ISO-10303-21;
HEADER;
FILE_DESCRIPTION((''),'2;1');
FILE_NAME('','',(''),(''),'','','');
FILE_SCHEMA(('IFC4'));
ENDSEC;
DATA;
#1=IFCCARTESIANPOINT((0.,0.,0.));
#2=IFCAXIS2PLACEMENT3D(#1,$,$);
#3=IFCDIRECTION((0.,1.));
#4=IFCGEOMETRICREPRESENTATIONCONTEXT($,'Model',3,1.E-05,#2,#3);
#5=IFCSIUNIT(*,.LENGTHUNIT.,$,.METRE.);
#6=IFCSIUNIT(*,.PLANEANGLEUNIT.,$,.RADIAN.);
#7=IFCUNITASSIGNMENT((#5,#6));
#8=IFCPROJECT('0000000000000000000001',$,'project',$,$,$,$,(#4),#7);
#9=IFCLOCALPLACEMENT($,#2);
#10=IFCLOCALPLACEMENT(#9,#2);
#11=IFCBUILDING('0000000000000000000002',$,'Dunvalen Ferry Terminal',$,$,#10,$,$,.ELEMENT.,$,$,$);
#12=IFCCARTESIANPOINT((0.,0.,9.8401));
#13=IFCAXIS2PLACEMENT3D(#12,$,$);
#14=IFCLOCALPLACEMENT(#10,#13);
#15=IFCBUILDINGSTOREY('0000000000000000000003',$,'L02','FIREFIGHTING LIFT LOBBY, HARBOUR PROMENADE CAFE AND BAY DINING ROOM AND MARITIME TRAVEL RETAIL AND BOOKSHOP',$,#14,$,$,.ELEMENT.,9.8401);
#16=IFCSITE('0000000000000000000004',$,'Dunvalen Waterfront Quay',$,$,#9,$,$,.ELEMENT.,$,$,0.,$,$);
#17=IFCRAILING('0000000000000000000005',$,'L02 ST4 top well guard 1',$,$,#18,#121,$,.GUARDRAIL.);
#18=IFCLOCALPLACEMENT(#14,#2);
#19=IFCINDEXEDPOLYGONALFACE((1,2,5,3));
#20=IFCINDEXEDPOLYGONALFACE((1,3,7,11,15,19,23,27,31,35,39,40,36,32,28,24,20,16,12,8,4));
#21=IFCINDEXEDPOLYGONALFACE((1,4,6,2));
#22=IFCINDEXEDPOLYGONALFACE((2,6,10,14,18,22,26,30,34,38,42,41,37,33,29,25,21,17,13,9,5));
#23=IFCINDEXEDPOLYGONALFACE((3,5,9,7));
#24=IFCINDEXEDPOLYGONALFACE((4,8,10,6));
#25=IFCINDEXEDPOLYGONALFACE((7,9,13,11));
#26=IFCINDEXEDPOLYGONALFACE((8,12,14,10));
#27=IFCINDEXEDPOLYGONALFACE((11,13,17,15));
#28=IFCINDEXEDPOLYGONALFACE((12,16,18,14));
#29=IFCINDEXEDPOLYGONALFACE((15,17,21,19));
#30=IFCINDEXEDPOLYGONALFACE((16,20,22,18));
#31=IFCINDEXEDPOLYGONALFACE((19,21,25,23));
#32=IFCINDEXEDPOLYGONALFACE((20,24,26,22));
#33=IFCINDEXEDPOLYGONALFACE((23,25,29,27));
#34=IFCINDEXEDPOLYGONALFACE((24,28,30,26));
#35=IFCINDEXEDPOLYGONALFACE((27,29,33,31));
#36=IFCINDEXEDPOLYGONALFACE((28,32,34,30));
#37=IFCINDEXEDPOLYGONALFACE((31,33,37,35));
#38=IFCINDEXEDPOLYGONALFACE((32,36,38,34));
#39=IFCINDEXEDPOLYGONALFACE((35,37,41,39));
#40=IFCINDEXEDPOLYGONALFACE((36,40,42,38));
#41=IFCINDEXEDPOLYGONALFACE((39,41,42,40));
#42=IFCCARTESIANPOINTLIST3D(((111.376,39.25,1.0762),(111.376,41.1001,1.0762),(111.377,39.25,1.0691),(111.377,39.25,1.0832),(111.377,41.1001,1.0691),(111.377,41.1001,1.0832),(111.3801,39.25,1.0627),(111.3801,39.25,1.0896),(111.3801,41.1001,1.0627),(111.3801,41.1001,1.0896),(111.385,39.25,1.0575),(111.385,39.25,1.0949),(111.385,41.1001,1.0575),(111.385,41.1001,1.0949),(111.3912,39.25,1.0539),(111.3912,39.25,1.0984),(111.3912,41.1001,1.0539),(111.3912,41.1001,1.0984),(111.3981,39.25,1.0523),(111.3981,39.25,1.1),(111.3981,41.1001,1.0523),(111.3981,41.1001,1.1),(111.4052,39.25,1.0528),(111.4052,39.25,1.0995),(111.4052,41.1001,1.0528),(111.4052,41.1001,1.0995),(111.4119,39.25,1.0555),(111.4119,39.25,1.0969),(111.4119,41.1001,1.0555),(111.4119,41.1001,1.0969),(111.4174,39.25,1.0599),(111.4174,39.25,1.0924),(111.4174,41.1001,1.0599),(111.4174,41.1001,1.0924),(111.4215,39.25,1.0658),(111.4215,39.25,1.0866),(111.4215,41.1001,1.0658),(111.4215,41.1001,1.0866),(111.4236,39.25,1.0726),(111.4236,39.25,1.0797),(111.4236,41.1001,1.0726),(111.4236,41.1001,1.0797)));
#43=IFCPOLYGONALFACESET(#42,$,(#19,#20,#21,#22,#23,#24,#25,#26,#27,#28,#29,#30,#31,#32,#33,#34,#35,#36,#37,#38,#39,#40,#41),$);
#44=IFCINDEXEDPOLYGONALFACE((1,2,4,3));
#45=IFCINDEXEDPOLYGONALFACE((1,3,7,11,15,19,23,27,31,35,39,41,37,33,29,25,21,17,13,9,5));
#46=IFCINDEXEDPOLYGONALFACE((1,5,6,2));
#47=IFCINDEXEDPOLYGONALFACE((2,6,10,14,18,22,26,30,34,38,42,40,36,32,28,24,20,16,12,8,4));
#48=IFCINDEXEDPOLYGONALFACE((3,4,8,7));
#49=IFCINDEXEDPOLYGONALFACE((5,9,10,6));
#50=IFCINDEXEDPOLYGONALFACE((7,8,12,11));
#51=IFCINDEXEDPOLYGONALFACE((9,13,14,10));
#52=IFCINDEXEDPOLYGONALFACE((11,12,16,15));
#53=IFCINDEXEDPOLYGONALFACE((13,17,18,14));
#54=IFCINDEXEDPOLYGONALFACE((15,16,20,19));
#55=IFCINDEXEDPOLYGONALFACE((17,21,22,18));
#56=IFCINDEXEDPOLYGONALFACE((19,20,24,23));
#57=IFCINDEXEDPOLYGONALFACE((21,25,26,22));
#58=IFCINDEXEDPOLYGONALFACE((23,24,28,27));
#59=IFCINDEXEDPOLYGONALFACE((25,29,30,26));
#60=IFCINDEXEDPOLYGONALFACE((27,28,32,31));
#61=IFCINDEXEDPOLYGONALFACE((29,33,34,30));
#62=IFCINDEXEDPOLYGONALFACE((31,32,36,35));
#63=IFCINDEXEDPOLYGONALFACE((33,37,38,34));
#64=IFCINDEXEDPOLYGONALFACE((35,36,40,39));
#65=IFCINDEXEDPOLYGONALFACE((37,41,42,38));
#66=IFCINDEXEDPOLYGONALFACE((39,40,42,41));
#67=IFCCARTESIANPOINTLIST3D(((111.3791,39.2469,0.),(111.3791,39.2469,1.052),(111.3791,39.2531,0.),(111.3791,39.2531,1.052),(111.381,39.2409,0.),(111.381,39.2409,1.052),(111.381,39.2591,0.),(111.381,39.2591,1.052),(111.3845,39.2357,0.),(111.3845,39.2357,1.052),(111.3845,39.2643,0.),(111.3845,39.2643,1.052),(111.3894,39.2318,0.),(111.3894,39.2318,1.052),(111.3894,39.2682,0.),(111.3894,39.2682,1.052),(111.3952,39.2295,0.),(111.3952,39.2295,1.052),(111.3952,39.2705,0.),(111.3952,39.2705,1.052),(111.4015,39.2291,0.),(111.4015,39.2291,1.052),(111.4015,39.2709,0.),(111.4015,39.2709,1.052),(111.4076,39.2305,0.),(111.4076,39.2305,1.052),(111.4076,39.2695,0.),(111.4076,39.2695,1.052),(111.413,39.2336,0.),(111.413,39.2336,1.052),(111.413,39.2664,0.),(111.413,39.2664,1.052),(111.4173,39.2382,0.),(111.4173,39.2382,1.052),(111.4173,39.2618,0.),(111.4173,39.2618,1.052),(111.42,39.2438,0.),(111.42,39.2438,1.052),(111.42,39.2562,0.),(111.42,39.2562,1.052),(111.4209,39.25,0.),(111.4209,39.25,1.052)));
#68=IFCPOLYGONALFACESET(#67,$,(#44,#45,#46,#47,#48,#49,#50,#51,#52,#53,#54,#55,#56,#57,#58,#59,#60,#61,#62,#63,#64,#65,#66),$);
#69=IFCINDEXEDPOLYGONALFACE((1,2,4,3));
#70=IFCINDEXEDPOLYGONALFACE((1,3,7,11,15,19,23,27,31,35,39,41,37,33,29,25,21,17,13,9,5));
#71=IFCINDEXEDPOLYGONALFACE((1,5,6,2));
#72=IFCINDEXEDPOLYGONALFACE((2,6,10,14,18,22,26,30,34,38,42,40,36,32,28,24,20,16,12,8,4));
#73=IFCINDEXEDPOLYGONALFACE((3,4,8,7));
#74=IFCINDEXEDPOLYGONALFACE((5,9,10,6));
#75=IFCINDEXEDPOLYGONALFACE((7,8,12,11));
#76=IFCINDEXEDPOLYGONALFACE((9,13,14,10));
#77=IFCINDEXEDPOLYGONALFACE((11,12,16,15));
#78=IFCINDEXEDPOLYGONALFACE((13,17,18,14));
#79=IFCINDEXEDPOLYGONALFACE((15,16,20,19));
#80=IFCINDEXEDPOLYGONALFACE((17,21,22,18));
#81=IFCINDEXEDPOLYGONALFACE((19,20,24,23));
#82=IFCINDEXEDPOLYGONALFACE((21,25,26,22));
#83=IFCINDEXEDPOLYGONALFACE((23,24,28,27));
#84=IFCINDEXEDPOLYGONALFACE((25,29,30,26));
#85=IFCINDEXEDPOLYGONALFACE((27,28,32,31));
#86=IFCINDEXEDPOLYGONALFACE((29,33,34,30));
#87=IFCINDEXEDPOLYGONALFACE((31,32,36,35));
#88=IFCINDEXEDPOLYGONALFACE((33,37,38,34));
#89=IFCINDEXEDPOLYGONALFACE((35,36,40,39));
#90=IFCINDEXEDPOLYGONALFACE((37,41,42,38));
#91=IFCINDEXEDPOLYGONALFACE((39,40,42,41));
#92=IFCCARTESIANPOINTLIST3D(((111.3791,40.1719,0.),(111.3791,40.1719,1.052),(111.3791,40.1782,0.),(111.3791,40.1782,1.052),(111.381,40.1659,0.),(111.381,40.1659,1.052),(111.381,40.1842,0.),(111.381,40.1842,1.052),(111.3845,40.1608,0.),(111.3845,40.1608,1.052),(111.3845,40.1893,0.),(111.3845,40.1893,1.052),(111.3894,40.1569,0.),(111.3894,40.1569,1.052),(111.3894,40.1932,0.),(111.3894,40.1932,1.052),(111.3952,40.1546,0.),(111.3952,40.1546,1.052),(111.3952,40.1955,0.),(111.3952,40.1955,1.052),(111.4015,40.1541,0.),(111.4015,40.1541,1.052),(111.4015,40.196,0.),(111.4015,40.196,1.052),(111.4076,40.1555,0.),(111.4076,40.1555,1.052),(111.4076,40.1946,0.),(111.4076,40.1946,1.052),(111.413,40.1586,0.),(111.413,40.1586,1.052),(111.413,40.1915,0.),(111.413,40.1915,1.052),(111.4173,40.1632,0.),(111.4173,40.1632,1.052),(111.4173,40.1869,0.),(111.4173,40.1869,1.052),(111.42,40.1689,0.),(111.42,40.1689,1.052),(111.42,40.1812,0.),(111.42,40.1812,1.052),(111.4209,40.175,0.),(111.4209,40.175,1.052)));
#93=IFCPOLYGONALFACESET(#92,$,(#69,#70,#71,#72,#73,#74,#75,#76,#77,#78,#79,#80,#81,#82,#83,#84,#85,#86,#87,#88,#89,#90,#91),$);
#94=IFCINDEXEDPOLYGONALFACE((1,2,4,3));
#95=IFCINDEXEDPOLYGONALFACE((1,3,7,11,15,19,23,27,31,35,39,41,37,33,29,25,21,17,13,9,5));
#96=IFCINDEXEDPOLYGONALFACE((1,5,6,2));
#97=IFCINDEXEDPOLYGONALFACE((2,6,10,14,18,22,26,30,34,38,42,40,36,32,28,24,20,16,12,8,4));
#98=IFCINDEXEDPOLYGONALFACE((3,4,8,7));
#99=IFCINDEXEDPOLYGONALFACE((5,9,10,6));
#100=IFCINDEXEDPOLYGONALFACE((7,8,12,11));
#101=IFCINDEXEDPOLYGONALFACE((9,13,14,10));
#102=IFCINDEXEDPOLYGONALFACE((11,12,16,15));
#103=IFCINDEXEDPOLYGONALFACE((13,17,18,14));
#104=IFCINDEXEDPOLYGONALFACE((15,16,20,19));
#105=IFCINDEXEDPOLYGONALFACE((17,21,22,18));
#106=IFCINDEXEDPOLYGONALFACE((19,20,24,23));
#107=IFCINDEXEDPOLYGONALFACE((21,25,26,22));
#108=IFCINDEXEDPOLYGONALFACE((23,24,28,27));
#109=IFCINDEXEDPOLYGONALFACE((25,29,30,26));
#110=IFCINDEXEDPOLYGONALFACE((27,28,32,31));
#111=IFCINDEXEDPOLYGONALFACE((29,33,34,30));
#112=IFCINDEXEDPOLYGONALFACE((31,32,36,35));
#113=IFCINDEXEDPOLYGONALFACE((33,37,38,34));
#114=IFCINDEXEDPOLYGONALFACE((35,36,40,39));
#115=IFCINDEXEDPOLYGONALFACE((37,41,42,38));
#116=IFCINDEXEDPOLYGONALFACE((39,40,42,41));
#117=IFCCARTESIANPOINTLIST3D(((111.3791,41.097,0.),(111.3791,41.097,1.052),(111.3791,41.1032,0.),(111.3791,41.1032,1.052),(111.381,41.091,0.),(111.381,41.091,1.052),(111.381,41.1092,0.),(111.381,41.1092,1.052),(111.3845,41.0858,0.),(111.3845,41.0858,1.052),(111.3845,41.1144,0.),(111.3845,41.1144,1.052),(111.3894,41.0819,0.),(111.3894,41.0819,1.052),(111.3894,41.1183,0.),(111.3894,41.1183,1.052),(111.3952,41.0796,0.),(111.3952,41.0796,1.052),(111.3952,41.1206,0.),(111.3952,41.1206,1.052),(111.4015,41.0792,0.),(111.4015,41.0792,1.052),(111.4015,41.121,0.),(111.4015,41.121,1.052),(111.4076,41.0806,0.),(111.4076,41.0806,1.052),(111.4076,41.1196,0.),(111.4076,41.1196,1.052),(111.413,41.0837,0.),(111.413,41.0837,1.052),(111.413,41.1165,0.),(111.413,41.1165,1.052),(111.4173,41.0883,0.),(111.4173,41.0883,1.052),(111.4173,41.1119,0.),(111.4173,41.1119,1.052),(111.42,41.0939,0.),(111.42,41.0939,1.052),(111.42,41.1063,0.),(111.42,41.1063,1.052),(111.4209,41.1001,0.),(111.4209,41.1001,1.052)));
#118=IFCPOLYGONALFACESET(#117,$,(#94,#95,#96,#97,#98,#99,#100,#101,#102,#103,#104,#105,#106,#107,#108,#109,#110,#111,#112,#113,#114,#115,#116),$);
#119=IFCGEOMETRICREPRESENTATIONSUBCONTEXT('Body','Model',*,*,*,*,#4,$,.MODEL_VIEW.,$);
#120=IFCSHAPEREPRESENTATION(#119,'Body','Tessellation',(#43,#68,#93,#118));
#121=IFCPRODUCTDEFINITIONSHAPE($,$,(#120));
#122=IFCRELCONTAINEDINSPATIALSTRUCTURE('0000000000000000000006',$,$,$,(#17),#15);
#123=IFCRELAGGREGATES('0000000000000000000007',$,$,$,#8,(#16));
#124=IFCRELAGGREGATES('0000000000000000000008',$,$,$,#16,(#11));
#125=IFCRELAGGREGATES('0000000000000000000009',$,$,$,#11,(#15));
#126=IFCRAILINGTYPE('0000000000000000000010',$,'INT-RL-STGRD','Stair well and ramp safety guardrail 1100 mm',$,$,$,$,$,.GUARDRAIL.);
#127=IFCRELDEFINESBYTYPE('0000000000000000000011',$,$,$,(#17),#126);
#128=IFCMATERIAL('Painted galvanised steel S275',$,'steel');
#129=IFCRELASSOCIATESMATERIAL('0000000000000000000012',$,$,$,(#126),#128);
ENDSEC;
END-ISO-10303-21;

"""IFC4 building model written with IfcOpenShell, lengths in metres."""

from ifc_helpers import new_model, si_unit, direction, frame, origin, origin_2d, place, context, subcontext, project, spatial, circle, extrude, material, type_object, element, save


model = new_model("IFC4")

# Units and contexts
model_context = context("Model", 3, precision=1e-05, world=origin(), true_north=direction((0.0, 1.0)))
body_context = subcontext(model_context, "Body", "Model", "MODEL_VIEW")
ifc_project = project(units=[si_unit("LENGTHUNIT", "METRE"), si_unit("PLANEANGLEUNIT", "RADIAN")], contexts=[model_context])

# Site, building, storey
site_placement = place(None, origin())
site = spatial("IfcSite", under=ifc_project, at=site_placement, Name="Dunvalen Waterfront Quay", CompositionType="ELEMENT", RefElevation=0.0)
building_placement = place(site_placement, origin())
building = spatial("IfcBuilding", under=site, at=building_placement, Name="Dunvalen Ferry Terminal", CompositionType="ELEMENT")
storey_placement = place(building_placement, frame((0.0, 0.0, 9.8401)))
storey = spatial("IfcBuildingStorey", under=building, at=storey_placement, Name="L02", Description="FIREFIGHTING LIFT LOBBY, HARBOUR PROMENADE CAFE AND BAY DINING ROOM AND MARITIME TRAVEL RETAIL AND BOOKSHOP", CompositionType="ELEMENT", Elevation=9.8401)

# Railing
ifc_material_1 = material(Name="Painted galvanised steel S275", Category="steel")
railing_type_1 = type_object("IfcRailingType", Name="INT-RL-STGRD", Description="Stair well and ramp safety guardrail 1100 mm", PredefinedType="GUARDRAIL", material=ifc_material_1)
railing_1_placement = place(storey_placement, frame((111.3999, 39.25, 0.0)))
element("IfcRailing", 1, at=railing_1_placement, inside=storey, type_object=railing_type_1, Name="L02 ST4 top well guard 1", PredefinedType="GUARDRAIL", context=body_context, shape_type="SweptSolid", body=[
    extrude(circle(Radius=0.0239, at=origin_2d()), frame((0.0, 0.0, 1.0762), z_axis=(0.0, 1.0, 0.0), x_axis=(-1.0, 0.0, 0.0)), (0.0, 0.0, 1.0), 1.8501),
    extrude(circle(Radius=0.021, at=origin_2d()), origin(), (0.0, 0.0, 1.0), 1.052),
    extrude(circle(Radius=0.021, at=origin_2d()), frame((0.0, 0.925, 0.0)), (0.0, 0.0, 1.0), 1.052),
    extrude(circle(Radius=0.021, at=origin_2d()), frame((0.0, 1.8501, 0.0)), (0.0, 0.0, 1.0), 1.052),
])

save(model, "model.ifc")
